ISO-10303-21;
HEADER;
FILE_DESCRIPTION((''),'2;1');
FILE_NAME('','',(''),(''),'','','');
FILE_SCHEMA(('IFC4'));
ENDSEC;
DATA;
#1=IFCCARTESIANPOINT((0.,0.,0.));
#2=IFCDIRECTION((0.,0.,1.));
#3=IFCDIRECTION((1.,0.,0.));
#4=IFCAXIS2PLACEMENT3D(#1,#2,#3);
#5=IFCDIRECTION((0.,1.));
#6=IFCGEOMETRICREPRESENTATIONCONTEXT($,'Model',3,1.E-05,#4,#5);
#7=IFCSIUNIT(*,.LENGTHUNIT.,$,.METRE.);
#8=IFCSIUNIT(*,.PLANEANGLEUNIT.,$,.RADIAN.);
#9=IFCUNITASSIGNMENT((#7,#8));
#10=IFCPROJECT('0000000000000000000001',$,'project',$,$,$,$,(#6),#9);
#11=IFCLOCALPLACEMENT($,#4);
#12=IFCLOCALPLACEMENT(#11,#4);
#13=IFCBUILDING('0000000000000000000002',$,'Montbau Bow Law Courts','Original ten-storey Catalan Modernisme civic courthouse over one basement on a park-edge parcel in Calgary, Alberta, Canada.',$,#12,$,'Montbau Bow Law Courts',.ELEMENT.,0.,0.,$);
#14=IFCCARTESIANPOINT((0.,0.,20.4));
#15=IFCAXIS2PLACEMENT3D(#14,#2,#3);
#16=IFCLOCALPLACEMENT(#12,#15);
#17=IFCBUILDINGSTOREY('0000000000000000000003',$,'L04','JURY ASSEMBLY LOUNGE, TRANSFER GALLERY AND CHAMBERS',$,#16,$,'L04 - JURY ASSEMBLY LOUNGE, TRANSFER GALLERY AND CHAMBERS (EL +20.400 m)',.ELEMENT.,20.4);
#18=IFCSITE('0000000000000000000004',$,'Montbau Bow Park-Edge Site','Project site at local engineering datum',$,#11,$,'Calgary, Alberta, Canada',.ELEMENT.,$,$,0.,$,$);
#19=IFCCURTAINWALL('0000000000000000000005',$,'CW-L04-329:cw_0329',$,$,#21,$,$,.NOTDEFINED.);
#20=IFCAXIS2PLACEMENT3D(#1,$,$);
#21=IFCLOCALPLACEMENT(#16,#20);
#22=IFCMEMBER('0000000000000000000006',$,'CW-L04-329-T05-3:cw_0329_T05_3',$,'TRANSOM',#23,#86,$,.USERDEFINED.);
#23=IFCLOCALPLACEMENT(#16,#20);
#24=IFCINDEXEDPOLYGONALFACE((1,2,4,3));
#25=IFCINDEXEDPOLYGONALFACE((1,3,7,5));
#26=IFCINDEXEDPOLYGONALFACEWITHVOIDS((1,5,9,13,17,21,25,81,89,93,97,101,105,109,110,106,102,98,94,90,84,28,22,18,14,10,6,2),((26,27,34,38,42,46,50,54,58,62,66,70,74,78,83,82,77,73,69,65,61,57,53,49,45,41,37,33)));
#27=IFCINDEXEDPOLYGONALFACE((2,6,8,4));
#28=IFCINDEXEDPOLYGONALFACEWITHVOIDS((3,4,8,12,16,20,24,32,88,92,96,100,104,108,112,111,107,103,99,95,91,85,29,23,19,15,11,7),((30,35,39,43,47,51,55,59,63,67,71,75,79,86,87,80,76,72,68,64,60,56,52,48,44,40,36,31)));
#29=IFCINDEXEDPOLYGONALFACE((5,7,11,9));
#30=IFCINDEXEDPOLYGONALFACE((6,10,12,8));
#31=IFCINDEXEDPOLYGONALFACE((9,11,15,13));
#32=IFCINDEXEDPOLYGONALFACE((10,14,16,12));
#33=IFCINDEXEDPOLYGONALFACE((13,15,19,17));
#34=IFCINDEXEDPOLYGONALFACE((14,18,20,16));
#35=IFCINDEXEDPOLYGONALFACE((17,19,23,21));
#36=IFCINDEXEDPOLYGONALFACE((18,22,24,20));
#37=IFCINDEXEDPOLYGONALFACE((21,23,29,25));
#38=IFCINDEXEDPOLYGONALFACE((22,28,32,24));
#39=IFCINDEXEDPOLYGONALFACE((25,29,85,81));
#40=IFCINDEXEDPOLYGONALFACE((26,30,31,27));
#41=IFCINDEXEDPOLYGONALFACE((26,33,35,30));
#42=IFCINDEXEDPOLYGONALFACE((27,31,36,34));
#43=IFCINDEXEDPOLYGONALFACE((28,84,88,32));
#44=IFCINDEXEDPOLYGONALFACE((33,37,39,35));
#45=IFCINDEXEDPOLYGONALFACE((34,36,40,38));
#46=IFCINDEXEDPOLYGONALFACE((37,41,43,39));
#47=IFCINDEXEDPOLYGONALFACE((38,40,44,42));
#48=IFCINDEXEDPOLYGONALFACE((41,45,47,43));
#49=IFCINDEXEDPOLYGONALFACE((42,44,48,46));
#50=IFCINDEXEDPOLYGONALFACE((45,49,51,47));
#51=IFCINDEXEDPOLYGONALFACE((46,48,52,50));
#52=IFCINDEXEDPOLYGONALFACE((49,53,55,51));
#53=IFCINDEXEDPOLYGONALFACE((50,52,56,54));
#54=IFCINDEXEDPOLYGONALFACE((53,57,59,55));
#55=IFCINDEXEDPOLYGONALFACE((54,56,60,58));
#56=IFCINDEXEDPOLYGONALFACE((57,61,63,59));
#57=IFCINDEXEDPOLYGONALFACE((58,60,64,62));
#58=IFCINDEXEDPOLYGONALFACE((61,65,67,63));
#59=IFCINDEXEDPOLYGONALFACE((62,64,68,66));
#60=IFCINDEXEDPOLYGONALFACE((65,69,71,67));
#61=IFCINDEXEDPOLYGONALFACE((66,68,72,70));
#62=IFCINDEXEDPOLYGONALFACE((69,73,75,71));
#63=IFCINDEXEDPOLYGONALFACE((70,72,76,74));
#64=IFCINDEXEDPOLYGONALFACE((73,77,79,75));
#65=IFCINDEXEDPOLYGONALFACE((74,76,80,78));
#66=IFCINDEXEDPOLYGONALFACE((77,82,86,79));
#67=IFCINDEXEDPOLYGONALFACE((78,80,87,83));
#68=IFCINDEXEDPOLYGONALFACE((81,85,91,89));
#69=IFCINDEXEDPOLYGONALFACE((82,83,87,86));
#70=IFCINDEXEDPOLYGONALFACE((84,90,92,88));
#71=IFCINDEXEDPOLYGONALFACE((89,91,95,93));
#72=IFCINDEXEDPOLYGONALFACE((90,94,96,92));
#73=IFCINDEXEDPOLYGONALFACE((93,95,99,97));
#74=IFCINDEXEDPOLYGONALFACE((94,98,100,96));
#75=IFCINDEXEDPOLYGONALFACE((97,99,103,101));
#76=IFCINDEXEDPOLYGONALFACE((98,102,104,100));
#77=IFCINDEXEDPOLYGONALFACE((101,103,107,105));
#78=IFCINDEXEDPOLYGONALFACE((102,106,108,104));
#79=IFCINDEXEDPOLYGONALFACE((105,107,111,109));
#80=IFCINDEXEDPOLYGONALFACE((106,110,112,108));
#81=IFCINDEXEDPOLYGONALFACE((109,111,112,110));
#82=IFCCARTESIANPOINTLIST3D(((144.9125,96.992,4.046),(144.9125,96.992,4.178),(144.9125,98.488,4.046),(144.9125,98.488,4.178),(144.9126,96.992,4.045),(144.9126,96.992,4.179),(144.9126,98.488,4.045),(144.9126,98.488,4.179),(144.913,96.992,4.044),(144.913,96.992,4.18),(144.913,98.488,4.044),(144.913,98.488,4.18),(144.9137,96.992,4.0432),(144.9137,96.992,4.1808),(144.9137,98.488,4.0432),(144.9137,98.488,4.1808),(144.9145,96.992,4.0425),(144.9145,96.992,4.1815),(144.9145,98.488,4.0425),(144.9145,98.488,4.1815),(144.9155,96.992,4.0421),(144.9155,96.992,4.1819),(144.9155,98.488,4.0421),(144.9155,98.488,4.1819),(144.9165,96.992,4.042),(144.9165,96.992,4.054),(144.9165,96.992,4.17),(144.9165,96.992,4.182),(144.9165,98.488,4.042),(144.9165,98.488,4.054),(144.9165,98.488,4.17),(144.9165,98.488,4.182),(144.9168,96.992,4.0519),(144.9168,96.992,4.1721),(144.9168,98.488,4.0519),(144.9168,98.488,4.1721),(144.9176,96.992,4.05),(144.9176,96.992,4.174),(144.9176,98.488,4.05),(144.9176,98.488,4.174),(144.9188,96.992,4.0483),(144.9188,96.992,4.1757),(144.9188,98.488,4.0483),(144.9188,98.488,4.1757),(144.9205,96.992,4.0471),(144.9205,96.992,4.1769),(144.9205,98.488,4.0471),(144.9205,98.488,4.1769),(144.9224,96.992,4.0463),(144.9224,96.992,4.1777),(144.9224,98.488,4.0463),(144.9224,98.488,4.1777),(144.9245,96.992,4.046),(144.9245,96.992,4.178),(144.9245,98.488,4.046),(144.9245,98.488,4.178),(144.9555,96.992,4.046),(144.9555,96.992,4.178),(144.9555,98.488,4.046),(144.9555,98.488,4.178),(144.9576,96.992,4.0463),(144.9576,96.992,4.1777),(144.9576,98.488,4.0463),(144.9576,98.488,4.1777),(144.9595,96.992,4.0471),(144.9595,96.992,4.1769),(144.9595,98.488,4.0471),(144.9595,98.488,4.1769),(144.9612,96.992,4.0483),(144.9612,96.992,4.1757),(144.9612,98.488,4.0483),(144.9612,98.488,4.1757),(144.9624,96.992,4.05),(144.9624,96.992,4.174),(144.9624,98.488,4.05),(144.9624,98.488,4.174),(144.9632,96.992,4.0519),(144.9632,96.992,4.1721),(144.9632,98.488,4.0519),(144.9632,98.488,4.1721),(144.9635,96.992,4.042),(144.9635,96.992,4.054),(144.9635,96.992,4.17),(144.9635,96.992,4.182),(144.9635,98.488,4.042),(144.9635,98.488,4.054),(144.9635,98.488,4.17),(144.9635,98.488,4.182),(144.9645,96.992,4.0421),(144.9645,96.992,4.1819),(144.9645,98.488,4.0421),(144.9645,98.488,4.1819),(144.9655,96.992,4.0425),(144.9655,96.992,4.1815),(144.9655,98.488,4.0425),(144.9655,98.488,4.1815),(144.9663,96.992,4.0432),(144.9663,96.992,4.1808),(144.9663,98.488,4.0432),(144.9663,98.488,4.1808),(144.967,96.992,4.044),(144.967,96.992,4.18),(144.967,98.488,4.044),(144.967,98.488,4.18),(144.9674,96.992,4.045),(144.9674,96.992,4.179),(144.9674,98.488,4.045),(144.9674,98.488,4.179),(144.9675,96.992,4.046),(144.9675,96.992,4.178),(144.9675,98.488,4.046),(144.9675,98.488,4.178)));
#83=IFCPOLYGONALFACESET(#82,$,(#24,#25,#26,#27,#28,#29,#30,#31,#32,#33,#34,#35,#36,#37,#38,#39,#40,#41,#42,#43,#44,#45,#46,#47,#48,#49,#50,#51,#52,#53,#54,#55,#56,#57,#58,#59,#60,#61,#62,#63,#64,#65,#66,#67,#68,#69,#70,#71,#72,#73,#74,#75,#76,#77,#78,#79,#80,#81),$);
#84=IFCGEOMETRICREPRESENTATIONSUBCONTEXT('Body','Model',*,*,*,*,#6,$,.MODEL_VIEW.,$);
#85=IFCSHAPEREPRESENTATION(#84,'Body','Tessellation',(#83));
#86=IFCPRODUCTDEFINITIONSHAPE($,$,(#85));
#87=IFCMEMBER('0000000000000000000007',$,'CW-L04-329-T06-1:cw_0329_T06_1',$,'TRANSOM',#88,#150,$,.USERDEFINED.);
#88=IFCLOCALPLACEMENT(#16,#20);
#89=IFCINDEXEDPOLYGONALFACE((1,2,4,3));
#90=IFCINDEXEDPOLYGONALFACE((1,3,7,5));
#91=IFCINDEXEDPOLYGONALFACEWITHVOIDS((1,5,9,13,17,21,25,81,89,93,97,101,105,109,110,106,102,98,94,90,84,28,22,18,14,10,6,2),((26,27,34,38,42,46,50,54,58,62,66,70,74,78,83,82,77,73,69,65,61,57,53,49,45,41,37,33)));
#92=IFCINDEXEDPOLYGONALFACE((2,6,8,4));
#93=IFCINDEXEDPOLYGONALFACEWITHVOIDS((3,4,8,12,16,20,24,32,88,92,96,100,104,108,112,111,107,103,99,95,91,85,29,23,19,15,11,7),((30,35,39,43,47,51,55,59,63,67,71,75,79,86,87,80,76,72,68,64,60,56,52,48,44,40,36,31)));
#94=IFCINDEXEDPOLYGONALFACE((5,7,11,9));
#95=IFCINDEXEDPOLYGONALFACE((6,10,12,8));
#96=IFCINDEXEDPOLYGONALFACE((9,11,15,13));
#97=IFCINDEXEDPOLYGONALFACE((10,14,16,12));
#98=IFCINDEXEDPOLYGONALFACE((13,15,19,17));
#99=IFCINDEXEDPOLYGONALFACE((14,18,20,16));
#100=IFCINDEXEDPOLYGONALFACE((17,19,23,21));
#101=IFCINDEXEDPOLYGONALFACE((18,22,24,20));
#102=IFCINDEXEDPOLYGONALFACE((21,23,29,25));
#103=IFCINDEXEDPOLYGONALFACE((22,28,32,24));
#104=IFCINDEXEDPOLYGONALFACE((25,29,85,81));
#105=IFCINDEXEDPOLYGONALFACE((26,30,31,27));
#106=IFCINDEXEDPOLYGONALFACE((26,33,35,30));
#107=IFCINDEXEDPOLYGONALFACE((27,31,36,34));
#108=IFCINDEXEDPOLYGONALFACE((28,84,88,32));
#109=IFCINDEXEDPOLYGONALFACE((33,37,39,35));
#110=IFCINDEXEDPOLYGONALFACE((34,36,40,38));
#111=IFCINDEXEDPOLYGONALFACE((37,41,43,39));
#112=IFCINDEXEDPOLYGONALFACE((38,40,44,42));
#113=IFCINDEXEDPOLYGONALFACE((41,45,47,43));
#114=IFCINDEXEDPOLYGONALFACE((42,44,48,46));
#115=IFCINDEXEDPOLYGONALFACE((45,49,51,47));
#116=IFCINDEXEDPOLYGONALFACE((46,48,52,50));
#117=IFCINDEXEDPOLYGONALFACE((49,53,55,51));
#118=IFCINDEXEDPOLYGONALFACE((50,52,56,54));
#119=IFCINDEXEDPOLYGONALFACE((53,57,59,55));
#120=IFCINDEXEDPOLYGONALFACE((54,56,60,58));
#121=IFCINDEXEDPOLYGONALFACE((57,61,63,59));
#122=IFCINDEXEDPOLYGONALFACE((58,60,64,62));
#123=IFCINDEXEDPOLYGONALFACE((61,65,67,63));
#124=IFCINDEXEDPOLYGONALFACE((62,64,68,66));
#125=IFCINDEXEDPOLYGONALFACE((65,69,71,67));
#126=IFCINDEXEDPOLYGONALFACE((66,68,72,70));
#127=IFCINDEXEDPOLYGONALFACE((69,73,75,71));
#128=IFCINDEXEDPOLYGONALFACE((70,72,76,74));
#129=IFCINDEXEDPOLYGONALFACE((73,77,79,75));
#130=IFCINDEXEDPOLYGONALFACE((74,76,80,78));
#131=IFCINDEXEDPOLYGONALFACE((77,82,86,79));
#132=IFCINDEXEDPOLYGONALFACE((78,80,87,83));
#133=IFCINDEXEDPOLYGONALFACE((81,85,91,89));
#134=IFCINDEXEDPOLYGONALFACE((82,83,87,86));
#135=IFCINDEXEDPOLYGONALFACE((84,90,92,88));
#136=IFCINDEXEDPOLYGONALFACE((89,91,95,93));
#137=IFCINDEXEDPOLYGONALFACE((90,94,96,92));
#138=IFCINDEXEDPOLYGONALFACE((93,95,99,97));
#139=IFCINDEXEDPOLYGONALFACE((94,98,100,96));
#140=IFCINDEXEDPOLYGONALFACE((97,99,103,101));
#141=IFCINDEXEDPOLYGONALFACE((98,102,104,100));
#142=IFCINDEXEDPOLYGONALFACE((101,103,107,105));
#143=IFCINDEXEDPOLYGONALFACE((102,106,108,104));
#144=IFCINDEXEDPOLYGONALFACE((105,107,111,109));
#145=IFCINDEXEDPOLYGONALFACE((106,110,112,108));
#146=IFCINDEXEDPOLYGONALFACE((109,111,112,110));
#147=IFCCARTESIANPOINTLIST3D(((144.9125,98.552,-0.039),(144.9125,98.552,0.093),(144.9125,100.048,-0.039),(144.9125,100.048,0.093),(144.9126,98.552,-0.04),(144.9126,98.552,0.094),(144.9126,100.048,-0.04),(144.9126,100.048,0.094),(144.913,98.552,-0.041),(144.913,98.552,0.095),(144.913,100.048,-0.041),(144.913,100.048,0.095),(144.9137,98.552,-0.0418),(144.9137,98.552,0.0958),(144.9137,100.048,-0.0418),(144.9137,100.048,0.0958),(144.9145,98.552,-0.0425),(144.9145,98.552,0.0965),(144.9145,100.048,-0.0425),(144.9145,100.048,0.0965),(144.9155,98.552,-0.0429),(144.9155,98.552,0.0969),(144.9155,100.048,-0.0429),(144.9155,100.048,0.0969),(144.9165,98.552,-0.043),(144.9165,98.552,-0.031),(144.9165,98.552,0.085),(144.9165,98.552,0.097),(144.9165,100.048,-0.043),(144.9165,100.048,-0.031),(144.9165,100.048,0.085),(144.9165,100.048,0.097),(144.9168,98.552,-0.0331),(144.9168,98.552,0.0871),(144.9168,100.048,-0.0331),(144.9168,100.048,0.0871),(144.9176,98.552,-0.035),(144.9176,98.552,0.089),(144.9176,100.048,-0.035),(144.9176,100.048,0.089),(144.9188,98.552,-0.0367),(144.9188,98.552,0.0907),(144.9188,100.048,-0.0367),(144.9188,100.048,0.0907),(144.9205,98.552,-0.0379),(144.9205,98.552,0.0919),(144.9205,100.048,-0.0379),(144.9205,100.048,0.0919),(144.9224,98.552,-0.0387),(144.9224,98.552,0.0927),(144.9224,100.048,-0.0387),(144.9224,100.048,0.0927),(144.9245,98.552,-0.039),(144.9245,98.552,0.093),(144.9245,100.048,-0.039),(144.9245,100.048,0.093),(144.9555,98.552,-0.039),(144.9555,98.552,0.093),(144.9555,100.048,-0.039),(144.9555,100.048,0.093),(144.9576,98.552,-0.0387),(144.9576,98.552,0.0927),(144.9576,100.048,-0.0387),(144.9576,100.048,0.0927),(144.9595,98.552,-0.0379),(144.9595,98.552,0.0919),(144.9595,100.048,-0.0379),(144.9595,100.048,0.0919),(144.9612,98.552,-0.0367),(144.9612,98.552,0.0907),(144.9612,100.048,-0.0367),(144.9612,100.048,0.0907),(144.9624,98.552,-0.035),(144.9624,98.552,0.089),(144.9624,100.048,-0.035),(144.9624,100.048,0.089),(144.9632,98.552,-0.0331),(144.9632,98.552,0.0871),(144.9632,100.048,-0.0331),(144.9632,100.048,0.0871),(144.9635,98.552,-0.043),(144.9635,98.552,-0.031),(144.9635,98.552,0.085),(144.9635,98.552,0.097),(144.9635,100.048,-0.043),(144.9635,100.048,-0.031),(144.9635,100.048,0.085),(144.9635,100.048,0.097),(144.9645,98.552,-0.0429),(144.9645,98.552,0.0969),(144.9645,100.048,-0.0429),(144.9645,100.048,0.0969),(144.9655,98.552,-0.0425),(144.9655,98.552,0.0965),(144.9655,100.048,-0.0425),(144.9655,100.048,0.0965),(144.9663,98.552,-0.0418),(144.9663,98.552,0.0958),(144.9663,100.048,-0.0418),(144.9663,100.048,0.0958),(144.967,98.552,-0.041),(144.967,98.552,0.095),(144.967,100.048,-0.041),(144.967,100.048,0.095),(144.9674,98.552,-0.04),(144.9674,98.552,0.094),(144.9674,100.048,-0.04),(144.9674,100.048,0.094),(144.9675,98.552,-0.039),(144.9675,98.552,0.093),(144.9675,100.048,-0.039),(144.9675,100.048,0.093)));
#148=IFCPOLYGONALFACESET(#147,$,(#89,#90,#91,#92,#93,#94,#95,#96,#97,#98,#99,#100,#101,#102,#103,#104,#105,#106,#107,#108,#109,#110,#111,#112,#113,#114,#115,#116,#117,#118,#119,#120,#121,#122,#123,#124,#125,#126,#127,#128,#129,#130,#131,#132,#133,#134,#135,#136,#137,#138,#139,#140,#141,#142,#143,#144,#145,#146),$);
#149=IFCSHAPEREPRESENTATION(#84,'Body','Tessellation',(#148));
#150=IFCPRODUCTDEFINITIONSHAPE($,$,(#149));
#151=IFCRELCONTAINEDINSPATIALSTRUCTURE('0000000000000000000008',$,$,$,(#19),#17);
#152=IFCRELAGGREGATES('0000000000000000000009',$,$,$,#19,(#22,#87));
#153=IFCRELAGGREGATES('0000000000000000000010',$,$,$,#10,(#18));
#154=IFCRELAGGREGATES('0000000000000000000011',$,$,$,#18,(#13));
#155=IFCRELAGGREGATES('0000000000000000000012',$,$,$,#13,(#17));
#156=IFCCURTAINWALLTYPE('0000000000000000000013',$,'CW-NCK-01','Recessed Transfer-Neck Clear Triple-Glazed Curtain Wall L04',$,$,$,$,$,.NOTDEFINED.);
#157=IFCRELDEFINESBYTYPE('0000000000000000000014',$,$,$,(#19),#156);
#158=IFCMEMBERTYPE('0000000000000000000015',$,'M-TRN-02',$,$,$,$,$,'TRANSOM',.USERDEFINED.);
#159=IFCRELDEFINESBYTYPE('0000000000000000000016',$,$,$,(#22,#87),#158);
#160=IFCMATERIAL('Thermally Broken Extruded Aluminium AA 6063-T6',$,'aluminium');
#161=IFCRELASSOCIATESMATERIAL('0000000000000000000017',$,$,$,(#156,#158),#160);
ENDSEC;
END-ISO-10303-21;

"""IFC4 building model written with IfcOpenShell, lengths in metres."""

from ifc_helpers import new_model, si_unit, direction, frame, origin_with_axes, origin_2d_with_axis, place, context, subcontext, project, spatial, hollow_rectangle, extrude, material, material_profile, profile_set, type_object, element, aggregate, save


model = new_model("IFC4")

# Units and contexts
model_context = context("Model", 3, precision=1e-05, world=origin_with_axes(), true_north=direction((0.0, 1.0)))
body_context = subcontext(model_context, "Body", "Model", "MODEL_VIEW")
ifc_project = project(units=[si_unit("LENGTHUNIT", "METRE"), si_unit("PLANEANGLEUNIT", "RADIAN")], contexts=[model_context])

# Site, building, storey
site_placement = place(None, origin_with_axes())
site = spatial("IfcSite", under=ifc_project, at=site_placement, Name="Montbau Bow Park-Edge Site", Description="Project site at local engineering datum", LongName="Calgary, Alberta, Canada", CompositionType="ELEMENT", RefElevation=0.0)
building_placement = place(site_placement, origin_with_axes())
building = spatial("IfcBuilding", under=site, at=building_placement, Name="Montbau Bow Law Courts", Description="Original ten-storey Catalan Modernisme civic courthouse over one basement on a park-edge parcel in Calgary, Alberta, Canada.", LongName="Montbau Bow Law Courts", CompositionType="ELEMENT", ElevationOfRefHeight=0.0, ElevationOfTerrain=0.0)
storey_placement = place(building_placement, frame((0.0, 0.0, 20.4), z_axis=(0.0, 0.0, 1.0), x_axis=(1.0, 0.0, 0.0)))
storey = spatial("IfcBuildingStorey", under=building, at=storey_placement, Name="L04", Description="JURY ASSEMBLY LOUNGE, TRANSFER GALLERY AND CHAMBERS", LongName="L04 - JURY ASSEMBLY LOUNGE, TRANSFER GALLERY AND CHAMBERS (EL +20.400 m)", CompositionType="ELEMENT", Elevation=20.4)

# Curtain wall, members
ifc_material_1 = material(Name="Thermally Broken Extruded Aluminium AA 6063-T6", Category="aluminium")
curtain_wall_type = type_object("IfcCurtainWallType", Name="CW-NCK-01", Description="Recessed Transfer-Neck Clear Triple-Glazed Curtain Wall L04", PredefinedType="NOTDEFINED", material=ifc_material_1)
curtain_wall_placement = place(None, frame((144.94, 90.72, 20.4), z_axis=(0.0, 0.0, 1.0), x_axis=(1.0, 0.0, 0.0)))
curtain_wall = element("IfcCurtainWall", 1, at=curtain_wall_placement, inside=storey, type_object=curtain_wall_type, Name="CW-L04-329:cw_0329", PredefinedType="NOTDEFINED")
ifc_material_profile_1 = material_profile(ifc_material_1, hollow_rectangle(XDim=0.055, YDim=0.14, WallThickness=0.004, InnerFilletRadius=0.008, OuterFilletRadius=0.004, at=origin_2d_with_axis()), Name="CWT-140X55", Category="Main", Priority=0)
ifc_profile_set_1 = profile_set([ifc_material_profile_1], Name="Thermally Broken Extruded Aluminium AA 6063-T6")
member_type_1 = type_object("IfcMemberType", Name="M-TRN-02", ElementType="TRANSOM", PredefinedType="USERDEFINED", material=ifc_profile_set_1)
member_1_placement = place(None, frame((144.94, 96.992, 24.512), z_axis=(0.0, 1.0, 0.0), x_axis=(-1.0, 0.0, 0.0)))
member_1 = element("IfcMember", 2, at=member_1_placement, type_object=member_type_1, Name="CW-L04-329-T05-3:cw_0329_T05_3", ObjectType="TRANSOM", PredefinedType="USERDEFINED", context=body_context, shape_type="SweptSolid", body=[
    extrude(hollow_rectangle(XDim=0.055, YDim=0.14, WallThickness=0.004, InnerFilletRadius=0.008, OuterFilletRadius=0.004, at=origin_2d_with_axis()), origin_with_axes(), (0.0, 0.0, 1.0), 1.496),
])
member_2_placement = place(None, frame((144.94, 98.552, 20.427), z_axis=(0.0, 1.0, 0.0), x_axis=(-1.0, 0.0, 0.0)))
member_2 = element("IfcMember", 3, at=member_2_placement, type_object=member_type_1, Name="CW-L04-329-T06-1:cw_0329_T06_1", ObjectType="TRANSOM", PredefinedType="USERDEFINED", context=body_context, shape_type="SweptSolid", body=[
    extrude(hollow_rectangle(XDim=0.055, YDim=0.14, WallThickness=0.004, InnerFilletRadius=0.008, OuterFilletRadius=0.004, at=origin_2d_with_axis()), origin_with_axes(), (0.0, 0.0, 1.0), 1.496),
])
aggregate(curtain_wall, [member_1, member_2])

save(model, "model.ifc")
